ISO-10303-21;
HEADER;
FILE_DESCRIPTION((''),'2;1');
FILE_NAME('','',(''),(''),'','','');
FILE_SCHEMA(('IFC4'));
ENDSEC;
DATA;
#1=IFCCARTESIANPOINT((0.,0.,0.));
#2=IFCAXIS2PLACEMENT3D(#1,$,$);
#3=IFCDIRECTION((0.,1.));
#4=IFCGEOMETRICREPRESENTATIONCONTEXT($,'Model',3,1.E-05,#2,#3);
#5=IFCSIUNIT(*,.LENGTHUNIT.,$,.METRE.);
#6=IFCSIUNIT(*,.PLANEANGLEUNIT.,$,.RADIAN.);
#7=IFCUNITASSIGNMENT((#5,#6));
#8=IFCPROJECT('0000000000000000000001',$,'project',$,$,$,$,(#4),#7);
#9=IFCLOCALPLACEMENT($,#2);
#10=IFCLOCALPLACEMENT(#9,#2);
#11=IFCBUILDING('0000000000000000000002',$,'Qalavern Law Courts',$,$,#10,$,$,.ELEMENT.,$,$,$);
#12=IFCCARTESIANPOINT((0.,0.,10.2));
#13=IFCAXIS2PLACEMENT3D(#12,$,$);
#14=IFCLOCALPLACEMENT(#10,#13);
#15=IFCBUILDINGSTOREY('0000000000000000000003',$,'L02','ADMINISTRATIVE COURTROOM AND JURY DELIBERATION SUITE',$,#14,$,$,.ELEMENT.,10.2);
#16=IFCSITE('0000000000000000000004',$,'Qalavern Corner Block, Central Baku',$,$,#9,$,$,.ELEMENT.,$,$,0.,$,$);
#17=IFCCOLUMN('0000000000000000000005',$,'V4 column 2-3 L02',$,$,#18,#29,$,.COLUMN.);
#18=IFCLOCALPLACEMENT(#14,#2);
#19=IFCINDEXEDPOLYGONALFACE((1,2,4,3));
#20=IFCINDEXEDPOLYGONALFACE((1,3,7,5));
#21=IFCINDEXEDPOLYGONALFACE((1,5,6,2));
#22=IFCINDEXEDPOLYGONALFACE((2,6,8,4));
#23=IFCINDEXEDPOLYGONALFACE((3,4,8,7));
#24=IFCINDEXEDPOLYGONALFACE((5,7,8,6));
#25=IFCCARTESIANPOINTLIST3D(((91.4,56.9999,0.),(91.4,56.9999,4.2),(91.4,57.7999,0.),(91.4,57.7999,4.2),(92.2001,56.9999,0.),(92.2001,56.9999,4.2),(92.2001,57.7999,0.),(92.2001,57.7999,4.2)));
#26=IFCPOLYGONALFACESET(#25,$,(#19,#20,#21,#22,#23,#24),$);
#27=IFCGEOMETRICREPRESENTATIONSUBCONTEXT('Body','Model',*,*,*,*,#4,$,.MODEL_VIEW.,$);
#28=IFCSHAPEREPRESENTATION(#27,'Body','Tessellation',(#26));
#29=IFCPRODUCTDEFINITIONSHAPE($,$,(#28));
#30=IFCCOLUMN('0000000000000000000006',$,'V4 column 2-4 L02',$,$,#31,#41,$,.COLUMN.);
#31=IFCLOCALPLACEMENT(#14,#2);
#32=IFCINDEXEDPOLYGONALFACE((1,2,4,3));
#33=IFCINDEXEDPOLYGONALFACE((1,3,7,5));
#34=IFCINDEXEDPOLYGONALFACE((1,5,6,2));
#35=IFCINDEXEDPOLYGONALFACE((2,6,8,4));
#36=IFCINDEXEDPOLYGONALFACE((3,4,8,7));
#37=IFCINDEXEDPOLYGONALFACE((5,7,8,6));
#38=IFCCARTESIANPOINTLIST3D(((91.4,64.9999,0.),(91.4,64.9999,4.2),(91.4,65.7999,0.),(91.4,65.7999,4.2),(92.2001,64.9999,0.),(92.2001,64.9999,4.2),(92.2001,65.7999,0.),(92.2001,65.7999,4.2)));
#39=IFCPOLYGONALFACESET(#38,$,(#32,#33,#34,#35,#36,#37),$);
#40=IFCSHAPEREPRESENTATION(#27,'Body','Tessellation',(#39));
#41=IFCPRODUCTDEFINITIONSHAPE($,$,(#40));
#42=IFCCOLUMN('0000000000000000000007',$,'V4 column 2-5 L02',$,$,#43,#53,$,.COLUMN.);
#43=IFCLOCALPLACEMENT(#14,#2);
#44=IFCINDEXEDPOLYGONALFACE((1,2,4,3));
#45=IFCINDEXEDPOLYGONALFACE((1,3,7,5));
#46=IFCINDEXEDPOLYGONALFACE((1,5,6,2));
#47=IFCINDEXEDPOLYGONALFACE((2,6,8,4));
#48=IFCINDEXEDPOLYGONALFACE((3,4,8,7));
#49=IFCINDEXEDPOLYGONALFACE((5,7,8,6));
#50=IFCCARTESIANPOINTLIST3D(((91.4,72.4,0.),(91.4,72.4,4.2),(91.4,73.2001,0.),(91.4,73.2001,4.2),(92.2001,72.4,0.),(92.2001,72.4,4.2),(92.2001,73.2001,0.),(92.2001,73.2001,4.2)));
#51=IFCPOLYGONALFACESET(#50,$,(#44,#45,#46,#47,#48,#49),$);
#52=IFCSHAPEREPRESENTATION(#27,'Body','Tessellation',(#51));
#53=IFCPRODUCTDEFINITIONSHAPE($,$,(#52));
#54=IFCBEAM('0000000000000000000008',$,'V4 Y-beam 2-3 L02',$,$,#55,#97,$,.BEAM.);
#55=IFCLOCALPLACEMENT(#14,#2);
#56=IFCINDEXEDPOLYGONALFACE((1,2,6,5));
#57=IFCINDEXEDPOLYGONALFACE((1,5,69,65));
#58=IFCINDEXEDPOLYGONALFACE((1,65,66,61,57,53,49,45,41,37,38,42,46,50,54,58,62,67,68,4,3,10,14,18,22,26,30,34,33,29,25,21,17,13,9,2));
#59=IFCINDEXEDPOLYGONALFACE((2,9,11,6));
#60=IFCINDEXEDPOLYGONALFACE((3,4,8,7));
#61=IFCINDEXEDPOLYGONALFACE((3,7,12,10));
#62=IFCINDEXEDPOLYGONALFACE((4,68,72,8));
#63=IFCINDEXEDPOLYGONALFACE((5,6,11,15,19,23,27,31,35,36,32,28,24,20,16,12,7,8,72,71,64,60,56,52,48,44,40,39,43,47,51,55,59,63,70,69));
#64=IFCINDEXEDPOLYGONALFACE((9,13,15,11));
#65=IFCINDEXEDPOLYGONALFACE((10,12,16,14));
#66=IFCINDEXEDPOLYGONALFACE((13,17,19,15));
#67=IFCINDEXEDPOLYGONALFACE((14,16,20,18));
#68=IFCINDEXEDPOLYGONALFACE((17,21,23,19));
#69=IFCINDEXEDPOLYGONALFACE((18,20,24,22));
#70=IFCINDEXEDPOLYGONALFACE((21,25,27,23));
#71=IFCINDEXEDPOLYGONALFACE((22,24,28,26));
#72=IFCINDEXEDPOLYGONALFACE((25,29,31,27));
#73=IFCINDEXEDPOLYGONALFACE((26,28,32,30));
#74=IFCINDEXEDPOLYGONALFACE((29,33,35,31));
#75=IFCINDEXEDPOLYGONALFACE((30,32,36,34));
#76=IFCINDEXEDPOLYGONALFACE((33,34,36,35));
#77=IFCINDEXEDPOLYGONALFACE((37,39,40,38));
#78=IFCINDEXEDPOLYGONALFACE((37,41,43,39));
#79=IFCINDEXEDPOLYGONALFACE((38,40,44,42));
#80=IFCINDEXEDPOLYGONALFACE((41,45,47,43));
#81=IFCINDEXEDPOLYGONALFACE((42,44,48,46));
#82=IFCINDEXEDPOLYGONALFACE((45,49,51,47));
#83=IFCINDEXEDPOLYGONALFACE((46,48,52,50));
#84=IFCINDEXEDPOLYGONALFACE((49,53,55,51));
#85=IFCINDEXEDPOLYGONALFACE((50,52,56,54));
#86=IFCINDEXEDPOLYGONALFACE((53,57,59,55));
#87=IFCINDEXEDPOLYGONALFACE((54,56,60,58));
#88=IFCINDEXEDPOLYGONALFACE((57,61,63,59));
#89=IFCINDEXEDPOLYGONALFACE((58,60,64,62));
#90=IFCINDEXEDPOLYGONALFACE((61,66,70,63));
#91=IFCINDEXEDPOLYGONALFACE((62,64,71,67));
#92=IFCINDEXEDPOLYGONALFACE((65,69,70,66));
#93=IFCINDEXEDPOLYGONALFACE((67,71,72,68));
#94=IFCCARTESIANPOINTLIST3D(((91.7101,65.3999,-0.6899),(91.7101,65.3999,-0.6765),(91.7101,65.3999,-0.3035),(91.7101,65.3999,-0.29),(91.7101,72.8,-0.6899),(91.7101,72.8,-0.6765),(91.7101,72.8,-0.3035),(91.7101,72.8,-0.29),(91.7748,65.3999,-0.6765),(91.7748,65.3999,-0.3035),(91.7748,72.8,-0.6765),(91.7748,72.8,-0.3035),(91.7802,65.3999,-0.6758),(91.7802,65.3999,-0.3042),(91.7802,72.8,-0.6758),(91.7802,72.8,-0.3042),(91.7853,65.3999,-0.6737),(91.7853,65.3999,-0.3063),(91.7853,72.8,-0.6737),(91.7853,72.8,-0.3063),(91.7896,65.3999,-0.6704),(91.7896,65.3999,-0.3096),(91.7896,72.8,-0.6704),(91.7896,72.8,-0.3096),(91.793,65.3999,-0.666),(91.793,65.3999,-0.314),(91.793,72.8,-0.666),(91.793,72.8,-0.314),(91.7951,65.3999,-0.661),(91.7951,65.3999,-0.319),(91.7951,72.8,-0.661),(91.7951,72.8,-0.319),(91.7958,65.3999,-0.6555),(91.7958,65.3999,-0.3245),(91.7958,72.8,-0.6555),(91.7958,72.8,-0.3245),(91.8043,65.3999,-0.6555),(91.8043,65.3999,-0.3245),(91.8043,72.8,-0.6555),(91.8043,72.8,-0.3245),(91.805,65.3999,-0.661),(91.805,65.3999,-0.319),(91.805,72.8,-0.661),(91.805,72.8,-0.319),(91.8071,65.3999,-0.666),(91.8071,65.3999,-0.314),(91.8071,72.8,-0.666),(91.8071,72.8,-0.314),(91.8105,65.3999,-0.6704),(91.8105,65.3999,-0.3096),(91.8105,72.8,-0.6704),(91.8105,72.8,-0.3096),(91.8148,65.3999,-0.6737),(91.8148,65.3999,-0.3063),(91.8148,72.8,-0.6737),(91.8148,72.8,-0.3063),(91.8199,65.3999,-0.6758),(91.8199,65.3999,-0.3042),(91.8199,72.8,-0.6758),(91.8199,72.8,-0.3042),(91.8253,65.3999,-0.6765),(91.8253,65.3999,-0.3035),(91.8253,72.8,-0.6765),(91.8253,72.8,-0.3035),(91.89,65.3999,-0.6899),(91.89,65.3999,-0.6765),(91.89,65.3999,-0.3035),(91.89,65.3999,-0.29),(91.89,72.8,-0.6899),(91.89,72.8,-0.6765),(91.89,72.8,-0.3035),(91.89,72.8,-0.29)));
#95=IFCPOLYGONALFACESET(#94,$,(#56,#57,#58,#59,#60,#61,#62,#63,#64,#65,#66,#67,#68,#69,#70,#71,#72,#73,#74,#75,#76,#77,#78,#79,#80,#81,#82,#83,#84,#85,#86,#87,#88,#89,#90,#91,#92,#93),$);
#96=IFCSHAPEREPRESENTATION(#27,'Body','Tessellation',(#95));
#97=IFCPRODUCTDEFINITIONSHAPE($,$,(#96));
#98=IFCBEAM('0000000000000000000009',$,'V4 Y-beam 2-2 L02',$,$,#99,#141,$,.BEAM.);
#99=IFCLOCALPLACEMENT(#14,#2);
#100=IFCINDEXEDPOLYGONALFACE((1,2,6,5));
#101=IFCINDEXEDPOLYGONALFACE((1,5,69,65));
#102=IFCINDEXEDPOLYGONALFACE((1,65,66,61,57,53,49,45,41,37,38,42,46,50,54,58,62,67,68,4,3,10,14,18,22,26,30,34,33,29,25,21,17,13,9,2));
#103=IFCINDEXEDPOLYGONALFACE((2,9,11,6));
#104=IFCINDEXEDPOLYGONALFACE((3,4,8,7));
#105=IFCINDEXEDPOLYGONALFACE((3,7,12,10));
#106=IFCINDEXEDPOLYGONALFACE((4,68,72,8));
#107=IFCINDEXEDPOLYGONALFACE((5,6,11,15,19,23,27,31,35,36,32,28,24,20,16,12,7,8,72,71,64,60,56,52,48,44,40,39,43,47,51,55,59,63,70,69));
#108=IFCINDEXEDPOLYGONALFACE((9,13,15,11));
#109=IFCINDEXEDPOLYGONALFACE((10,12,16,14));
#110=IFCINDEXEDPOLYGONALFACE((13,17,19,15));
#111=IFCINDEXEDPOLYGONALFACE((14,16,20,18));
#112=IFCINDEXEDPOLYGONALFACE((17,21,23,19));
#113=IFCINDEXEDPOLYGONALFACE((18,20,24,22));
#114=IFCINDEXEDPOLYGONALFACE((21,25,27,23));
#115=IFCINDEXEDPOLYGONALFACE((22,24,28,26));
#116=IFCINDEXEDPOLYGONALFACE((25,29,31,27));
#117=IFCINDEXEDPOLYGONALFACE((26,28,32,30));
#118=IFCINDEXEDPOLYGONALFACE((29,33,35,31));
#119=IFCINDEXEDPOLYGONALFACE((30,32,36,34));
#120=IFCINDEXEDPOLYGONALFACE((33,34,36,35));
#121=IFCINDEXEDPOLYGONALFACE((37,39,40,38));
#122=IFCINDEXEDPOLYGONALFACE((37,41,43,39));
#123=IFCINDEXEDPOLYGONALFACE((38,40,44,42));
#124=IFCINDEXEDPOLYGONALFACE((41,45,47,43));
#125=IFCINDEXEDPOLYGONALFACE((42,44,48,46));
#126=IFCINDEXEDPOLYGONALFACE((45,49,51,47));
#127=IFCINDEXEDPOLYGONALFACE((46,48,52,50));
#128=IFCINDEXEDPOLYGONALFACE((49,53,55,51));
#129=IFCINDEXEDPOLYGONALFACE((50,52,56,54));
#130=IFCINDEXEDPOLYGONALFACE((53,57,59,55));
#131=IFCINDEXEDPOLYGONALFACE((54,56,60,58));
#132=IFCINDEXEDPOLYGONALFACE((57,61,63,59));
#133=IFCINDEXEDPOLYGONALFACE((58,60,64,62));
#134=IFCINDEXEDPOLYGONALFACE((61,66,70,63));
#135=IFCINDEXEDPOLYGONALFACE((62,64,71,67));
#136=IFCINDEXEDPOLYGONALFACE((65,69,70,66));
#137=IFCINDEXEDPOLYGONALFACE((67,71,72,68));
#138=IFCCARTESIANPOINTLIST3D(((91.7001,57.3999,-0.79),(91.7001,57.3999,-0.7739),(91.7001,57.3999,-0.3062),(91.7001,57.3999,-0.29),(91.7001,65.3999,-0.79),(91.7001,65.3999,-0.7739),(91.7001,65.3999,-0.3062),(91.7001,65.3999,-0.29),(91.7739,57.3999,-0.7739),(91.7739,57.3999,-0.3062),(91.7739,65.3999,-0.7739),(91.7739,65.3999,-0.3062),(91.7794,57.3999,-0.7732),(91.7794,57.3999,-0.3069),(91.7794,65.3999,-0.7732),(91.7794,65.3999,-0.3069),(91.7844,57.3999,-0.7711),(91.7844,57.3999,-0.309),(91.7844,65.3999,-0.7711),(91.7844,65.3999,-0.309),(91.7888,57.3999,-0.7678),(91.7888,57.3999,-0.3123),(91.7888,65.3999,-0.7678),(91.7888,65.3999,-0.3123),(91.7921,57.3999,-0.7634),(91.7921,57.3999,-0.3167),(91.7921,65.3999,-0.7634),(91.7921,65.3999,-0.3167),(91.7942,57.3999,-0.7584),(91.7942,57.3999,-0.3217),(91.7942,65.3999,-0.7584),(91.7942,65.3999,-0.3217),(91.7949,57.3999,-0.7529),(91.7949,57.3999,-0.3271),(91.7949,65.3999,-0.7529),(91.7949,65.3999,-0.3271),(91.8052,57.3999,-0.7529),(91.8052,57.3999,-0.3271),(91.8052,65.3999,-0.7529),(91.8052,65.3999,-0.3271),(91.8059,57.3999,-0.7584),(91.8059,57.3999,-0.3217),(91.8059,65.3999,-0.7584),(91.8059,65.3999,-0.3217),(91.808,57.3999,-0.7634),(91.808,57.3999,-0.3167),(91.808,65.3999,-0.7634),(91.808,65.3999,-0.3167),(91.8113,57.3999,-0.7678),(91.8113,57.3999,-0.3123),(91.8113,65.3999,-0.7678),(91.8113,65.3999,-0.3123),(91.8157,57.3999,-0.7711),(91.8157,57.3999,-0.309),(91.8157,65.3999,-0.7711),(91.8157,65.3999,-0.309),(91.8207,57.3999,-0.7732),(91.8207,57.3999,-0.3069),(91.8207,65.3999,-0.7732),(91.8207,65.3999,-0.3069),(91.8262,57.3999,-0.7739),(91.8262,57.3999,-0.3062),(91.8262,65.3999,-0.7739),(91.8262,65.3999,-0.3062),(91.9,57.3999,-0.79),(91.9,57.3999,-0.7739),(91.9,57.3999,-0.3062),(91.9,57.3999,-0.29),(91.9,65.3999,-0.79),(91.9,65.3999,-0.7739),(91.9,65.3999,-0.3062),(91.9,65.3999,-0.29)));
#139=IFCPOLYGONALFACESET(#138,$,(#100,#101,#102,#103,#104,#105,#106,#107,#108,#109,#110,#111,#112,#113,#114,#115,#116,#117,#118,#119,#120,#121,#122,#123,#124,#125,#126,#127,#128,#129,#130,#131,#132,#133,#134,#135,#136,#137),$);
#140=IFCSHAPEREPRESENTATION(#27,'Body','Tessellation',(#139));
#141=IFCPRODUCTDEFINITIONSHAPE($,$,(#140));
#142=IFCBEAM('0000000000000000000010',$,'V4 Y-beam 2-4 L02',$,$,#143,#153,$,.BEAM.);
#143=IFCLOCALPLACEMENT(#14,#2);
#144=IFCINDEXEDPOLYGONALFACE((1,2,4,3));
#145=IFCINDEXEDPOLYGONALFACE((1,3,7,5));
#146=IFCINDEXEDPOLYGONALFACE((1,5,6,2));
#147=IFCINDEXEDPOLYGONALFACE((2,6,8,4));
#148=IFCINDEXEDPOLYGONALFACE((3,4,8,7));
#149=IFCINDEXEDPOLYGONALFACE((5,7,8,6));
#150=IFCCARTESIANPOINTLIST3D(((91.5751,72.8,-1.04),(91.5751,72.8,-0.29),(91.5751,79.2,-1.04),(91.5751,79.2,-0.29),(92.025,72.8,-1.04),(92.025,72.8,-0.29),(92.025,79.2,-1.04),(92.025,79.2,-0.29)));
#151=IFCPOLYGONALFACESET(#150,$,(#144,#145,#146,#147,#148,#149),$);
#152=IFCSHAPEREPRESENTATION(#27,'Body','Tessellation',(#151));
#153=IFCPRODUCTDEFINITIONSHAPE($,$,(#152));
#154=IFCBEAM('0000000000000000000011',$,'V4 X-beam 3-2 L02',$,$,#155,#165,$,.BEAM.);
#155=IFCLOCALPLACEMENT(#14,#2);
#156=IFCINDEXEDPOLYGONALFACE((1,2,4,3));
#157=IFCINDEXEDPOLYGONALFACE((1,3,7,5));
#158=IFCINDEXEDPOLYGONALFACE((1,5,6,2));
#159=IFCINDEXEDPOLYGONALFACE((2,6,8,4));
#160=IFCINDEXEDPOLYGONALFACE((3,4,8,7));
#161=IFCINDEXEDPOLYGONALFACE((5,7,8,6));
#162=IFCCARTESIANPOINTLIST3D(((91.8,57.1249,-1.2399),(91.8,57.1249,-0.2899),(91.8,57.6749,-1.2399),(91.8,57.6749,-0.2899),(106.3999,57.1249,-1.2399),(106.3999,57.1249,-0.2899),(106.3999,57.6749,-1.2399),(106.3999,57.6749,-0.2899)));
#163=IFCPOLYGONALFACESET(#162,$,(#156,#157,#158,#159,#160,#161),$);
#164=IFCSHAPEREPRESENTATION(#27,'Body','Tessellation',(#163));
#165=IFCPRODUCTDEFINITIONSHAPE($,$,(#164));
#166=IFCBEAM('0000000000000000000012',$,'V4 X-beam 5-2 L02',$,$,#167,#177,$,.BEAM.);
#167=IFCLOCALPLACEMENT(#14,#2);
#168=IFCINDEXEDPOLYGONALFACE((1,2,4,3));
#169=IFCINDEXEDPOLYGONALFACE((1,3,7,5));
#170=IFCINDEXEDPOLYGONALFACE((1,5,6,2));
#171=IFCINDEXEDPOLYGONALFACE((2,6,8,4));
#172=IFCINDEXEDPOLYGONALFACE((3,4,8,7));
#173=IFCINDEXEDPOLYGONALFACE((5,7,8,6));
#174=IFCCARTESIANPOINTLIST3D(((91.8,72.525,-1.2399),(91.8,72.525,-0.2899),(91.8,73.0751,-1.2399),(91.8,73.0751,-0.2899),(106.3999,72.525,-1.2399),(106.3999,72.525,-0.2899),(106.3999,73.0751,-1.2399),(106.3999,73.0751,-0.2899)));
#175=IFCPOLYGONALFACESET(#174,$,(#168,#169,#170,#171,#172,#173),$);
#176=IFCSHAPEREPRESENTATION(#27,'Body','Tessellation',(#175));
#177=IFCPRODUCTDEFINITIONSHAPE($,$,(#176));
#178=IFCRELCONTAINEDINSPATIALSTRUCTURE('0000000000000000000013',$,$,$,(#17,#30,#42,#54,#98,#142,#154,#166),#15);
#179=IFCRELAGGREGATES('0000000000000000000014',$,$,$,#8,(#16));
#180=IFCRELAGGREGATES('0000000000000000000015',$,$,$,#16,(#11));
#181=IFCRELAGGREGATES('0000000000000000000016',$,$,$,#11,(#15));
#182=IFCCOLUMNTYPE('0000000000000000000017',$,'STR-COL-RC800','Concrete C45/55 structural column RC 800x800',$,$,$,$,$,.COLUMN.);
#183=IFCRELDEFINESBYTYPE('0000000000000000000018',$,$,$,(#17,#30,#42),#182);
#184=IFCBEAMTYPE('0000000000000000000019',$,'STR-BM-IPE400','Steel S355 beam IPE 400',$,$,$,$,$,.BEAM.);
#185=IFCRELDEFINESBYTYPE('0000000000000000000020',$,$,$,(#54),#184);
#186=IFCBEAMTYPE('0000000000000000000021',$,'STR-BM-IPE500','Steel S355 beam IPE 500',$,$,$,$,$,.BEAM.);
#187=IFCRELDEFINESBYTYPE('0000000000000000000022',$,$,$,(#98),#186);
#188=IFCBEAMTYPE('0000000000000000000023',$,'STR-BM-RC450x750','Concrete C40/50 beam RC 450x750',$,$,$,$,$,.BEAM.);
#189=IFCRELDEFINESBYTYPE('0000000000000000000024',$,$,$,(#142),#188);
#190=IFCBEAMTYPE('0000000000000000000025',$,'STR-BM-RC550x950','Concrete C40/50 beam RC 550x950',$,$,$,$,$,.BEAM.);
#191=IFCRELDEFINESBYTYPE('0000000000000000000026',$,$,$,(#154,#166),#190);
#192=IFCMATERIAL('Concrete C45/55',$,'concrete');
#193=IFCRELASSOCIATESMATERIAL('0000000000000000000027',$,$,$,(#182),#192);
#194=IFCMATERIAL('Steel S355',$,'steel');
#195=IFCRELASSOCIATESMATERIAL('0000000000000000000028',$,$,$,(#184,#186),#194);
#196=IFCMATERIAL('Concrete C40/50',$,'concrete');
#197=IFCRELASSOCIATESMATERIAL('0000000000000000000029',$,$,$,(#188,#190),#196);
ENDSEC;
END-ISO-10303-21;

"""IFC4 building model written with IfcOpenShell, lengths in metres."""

from ifc_helpers import new_model, si_unit, direction, frame, origin, origin_2d, place, context, subcontext, project, spatial, rectangle, i_section, extrude, material, material_profile, profile_set, type_object, element, save


model = new_model("IFC4")

# Units and contexts
model_context = context("Model", 3, precision=1e-05, world=origin(), true_north=direction((0.0, 1.0)))
body_context = subcontext(model_context, "Body", "Model", "MODEL_VIEW")
ifc_project = project(units=[si_unit("LENGTHUNIT", "METRE"), si_unit("PLANEANGLEUNIT", "RADIAN")], contexts=[model_context])

# Site, building, storey
site_placement = place(None, origin())
site = spatial("IfcSite", under=ifc_project, at=site_placement, Name="Qalavern Corner Block, Central Baku", CompositionType="ELEMENT", RefElevation=0.0)
building_placement = place(site_placement, origin())
building = spatial("IfcBuilding", under=site, at=building_placement, Name="Qalavern Law Courts", CompositionType="ELEMENT")
storey_placement = place(building_placement, frame((0.0, 0.0, 10.2)))
storey = spatial("IfcBuildingStorey", under=building, at=storey_placement, Name="L02", Description="ADMINISTRATIVE COURTROOM AND JURY DELIBERATION SUITE", CompositionType="ELEMENT", Elevation=10.2)

# Columns
ifc_material_1 = material(Name="Concrete C45/55", Category="concrete")
ifc_material_profile_1 = material_profile(ifc_material_1, rectangle(XDim=0.8, YDim=0.8, at=origin_2d()), Name="RC 800x800")
ifc_profile_set_1 = profile_set([ifc_material_profile_1], Name="Concrete C45/55")
column_type = type_object("IfcColumnType", Name="STR-COL-RC800", Description="Concrete C45/55 structural column RC 800x800", PredefinedType="COLUMN", material=ifc_profile_set_1)
for number, where, z_axis, x_axis, name in (
    (1, (91.8, 57.3999, 0.0), (0.0, 0.0, 1.0), (1.0, 0.0, 0.0), "V4 column 2-3 L02"),
    (2, (91.8, 65.3999, 0.0), (0.0, 0.0, 1.0), (1.0, 0.0, 0.0), "V4 column 2-4 L02"),
    (3, (91.8, 72.8, 0.0), (0.0, 0.0, 1.0), (1.0, 0.0, 0.0), "V4 column 2-5 L02"),
):
    element("IfcColumn", number, at=place(storey_placement, frame(where, z_axis=z_axis, x_axis=x_axis)), inside=storey, type_object=column_type, Name=name, PredefinedType="COLUMN", context=body_context, shape_type="SweptSolid", body=[
        extrude(rectangle(XDim=0.8, YDim=0.8, at=origin_2d()), origin(), (0.0, 0.0, 1.0), 4.2),
    ])

# Beams
ifc_material_2 = material(Name="Steel S355", Category="steel")
ifc_material_profile_2 = material_profile(ifc_material_2, i_section(OverallWidth=0.1799, OverallDepth=0.3999, WebThickness=0.0085, FlangeThickness=0.0134, FilletRadius=0.021, at=origin_2d()), Name="IPE 400")
ifc_profile_set_2 = profile_set([ifc_material_profile_2], Name="Steel S355")
beam_type_1 = type_object("IfcBeamType", Name="STR-BM-IPE400", Description="Steel S355 beam IPE 400", PredefinedType="BEAM", material=ifc_profile_set_2)
beam_1_placement = place(storey_placement, frame((91.8, 65.3999, -0.49), z_axis=(0.0, 1.0, 0.0), x_axis=(-1.0, 0.0, 0.0)))
element("IfcBeam", 4, at=beam_1_placement, inside=storey, type_object=beam_type_1, Name="V4 Y-beam 2-3 L02", PredefinedType="BEAM", context=body_context, shape_type="SweptSolid", body=[
    extrude(i_section(OverallWidth=0.1799, OverallDepth=0.3999, WebThickness=0.0085, FlangeThickness=0.0134, FilletRadius=0.021, at=origin_2d()), origin(), (0.0, 0.0, 1.0), 7.4001),
])
ifc_material_profile_3 = material_profile(ifc_material_2, i_section(OverallWidth=0.2, OverallDepth=0.5, WebThickness=0.0103, FlangeThickness=0.0161, FilletRadius=0.021, at=origin_2d()), Name="IPE 500")
ifc_profile_set_3 = profile_set([ifc_material_profile_3], Name="Steel S355")
beam_type_2 = type_object("IfcBeamType", Name="STR-BM-IPE500", Description="Steel S355 beam IPE 500", PredefinedType="BEAM", material=ifc_profile_set_3)
beam_2_placement = place(storey_placement, frame((91.8, 57.3999, -0.54), z_axis=(0.0, 1.0, 0.0), x_axis=(-1.0, 0.0, 0.0)))
element("IfcBeam", 5, at=beam_2_placement, inside=storey, type_object=beam_type_2, Name="V4 Y-beam 2-2 L02", PredefinedType="BEAM", context=body_context, shape_type="SweptSolid", body=[
    extrude(i_section(OverallWidth=0.2, OverallDepth=0.5, WebThickness=0.0103, FlangeThickness=0.0161, FilletRadius=0.021, at=origin_2d()), origin(), (0.0, 0.0, 1.0), 8.0),
])
ifc_material_3 = material(Name="Concrete C40/50", Category="concrete")
ifc_material_profile_4 = material_profile(ifc_material_3, rectangle(XDim=0.45, YDim=0.75, at=origin_2d()), Name="RC 450x750")
ifc_profile_set_4 = profile_set([ifc_material_profile_4], Name="Concrete C40/50")
beam_type_3 = type_object("IfcBeamType", Name="STR-BM-RC450x750", Description="Concrete C40/50 beam RC 450x750", PredefinedType="BEAM", material=ifc_profile_set_4)
beam_3_placement = place(storey_placement, frame((91.8, 72.8, -0.665), z_axis=(0.0, 1.0, 0.0), x_axis=(-1.0, 0.0, 0.0)))
element("IfcBeam", 6, at=beam_3_placement, inside=storey, type_object=beam_type_3, Name="V4 Y-beam 2-4 L02", PredefinedType="BEAM", context=body_context, shape_type="SweptSolid", body=[
    extrude(rectangle(XDim=0.45, YDim=0.75, at=origin_2d()), origin(), (0.0, 0.0, 1.0), 6.3999),
])
ifc_material_profile_5 = material_profile(ifc_material_3, rectangle(XDim=0.55, YDim=0.95, at=origin_2d()), Name="RC 550x950")
ifc_profile_set_5 = profile_set([ifc_material_profile_5], Name="Concrete C40/50")
beam_type_4 = type_object("IfcBeamType", Name="STR-BM-RC550x950", Description="Concrete C40/50 beam RC 550x950", PredefinedType="BEAM", material=ifc_profile_set_5)
for number, where, z_axis, x_axis, name in (
    (7, (91.8, 57.3999, -0.7649), (1.0, 0.0, 0.0), (0.0, 1.0, 0.0), "V4 X-beam 3-2 L02"),
    (8, (91.8, 72.8, -0.7649), (1.0, 0.0, 0.0), (0.0, 1.0, 0.0), "V4 X-beam 5-2 L02"),
):
    element("IfcBeam", number, at=place(storey_placement, frame(where, z_axis=z_axis, x_axis=x_axis)), inside=storey, type_object=beam_type_4, Name=name, PredefinedType="BEAM", context=body_context, shape_type="SweptSolid", body=[
        extrude(rectangle(XDim=0.55, YDim=0.95, at=origin_2d()), origin(), (0.0, 0.0, 1.0), 14.5999),
    ])

save(model, "model.ifc")
